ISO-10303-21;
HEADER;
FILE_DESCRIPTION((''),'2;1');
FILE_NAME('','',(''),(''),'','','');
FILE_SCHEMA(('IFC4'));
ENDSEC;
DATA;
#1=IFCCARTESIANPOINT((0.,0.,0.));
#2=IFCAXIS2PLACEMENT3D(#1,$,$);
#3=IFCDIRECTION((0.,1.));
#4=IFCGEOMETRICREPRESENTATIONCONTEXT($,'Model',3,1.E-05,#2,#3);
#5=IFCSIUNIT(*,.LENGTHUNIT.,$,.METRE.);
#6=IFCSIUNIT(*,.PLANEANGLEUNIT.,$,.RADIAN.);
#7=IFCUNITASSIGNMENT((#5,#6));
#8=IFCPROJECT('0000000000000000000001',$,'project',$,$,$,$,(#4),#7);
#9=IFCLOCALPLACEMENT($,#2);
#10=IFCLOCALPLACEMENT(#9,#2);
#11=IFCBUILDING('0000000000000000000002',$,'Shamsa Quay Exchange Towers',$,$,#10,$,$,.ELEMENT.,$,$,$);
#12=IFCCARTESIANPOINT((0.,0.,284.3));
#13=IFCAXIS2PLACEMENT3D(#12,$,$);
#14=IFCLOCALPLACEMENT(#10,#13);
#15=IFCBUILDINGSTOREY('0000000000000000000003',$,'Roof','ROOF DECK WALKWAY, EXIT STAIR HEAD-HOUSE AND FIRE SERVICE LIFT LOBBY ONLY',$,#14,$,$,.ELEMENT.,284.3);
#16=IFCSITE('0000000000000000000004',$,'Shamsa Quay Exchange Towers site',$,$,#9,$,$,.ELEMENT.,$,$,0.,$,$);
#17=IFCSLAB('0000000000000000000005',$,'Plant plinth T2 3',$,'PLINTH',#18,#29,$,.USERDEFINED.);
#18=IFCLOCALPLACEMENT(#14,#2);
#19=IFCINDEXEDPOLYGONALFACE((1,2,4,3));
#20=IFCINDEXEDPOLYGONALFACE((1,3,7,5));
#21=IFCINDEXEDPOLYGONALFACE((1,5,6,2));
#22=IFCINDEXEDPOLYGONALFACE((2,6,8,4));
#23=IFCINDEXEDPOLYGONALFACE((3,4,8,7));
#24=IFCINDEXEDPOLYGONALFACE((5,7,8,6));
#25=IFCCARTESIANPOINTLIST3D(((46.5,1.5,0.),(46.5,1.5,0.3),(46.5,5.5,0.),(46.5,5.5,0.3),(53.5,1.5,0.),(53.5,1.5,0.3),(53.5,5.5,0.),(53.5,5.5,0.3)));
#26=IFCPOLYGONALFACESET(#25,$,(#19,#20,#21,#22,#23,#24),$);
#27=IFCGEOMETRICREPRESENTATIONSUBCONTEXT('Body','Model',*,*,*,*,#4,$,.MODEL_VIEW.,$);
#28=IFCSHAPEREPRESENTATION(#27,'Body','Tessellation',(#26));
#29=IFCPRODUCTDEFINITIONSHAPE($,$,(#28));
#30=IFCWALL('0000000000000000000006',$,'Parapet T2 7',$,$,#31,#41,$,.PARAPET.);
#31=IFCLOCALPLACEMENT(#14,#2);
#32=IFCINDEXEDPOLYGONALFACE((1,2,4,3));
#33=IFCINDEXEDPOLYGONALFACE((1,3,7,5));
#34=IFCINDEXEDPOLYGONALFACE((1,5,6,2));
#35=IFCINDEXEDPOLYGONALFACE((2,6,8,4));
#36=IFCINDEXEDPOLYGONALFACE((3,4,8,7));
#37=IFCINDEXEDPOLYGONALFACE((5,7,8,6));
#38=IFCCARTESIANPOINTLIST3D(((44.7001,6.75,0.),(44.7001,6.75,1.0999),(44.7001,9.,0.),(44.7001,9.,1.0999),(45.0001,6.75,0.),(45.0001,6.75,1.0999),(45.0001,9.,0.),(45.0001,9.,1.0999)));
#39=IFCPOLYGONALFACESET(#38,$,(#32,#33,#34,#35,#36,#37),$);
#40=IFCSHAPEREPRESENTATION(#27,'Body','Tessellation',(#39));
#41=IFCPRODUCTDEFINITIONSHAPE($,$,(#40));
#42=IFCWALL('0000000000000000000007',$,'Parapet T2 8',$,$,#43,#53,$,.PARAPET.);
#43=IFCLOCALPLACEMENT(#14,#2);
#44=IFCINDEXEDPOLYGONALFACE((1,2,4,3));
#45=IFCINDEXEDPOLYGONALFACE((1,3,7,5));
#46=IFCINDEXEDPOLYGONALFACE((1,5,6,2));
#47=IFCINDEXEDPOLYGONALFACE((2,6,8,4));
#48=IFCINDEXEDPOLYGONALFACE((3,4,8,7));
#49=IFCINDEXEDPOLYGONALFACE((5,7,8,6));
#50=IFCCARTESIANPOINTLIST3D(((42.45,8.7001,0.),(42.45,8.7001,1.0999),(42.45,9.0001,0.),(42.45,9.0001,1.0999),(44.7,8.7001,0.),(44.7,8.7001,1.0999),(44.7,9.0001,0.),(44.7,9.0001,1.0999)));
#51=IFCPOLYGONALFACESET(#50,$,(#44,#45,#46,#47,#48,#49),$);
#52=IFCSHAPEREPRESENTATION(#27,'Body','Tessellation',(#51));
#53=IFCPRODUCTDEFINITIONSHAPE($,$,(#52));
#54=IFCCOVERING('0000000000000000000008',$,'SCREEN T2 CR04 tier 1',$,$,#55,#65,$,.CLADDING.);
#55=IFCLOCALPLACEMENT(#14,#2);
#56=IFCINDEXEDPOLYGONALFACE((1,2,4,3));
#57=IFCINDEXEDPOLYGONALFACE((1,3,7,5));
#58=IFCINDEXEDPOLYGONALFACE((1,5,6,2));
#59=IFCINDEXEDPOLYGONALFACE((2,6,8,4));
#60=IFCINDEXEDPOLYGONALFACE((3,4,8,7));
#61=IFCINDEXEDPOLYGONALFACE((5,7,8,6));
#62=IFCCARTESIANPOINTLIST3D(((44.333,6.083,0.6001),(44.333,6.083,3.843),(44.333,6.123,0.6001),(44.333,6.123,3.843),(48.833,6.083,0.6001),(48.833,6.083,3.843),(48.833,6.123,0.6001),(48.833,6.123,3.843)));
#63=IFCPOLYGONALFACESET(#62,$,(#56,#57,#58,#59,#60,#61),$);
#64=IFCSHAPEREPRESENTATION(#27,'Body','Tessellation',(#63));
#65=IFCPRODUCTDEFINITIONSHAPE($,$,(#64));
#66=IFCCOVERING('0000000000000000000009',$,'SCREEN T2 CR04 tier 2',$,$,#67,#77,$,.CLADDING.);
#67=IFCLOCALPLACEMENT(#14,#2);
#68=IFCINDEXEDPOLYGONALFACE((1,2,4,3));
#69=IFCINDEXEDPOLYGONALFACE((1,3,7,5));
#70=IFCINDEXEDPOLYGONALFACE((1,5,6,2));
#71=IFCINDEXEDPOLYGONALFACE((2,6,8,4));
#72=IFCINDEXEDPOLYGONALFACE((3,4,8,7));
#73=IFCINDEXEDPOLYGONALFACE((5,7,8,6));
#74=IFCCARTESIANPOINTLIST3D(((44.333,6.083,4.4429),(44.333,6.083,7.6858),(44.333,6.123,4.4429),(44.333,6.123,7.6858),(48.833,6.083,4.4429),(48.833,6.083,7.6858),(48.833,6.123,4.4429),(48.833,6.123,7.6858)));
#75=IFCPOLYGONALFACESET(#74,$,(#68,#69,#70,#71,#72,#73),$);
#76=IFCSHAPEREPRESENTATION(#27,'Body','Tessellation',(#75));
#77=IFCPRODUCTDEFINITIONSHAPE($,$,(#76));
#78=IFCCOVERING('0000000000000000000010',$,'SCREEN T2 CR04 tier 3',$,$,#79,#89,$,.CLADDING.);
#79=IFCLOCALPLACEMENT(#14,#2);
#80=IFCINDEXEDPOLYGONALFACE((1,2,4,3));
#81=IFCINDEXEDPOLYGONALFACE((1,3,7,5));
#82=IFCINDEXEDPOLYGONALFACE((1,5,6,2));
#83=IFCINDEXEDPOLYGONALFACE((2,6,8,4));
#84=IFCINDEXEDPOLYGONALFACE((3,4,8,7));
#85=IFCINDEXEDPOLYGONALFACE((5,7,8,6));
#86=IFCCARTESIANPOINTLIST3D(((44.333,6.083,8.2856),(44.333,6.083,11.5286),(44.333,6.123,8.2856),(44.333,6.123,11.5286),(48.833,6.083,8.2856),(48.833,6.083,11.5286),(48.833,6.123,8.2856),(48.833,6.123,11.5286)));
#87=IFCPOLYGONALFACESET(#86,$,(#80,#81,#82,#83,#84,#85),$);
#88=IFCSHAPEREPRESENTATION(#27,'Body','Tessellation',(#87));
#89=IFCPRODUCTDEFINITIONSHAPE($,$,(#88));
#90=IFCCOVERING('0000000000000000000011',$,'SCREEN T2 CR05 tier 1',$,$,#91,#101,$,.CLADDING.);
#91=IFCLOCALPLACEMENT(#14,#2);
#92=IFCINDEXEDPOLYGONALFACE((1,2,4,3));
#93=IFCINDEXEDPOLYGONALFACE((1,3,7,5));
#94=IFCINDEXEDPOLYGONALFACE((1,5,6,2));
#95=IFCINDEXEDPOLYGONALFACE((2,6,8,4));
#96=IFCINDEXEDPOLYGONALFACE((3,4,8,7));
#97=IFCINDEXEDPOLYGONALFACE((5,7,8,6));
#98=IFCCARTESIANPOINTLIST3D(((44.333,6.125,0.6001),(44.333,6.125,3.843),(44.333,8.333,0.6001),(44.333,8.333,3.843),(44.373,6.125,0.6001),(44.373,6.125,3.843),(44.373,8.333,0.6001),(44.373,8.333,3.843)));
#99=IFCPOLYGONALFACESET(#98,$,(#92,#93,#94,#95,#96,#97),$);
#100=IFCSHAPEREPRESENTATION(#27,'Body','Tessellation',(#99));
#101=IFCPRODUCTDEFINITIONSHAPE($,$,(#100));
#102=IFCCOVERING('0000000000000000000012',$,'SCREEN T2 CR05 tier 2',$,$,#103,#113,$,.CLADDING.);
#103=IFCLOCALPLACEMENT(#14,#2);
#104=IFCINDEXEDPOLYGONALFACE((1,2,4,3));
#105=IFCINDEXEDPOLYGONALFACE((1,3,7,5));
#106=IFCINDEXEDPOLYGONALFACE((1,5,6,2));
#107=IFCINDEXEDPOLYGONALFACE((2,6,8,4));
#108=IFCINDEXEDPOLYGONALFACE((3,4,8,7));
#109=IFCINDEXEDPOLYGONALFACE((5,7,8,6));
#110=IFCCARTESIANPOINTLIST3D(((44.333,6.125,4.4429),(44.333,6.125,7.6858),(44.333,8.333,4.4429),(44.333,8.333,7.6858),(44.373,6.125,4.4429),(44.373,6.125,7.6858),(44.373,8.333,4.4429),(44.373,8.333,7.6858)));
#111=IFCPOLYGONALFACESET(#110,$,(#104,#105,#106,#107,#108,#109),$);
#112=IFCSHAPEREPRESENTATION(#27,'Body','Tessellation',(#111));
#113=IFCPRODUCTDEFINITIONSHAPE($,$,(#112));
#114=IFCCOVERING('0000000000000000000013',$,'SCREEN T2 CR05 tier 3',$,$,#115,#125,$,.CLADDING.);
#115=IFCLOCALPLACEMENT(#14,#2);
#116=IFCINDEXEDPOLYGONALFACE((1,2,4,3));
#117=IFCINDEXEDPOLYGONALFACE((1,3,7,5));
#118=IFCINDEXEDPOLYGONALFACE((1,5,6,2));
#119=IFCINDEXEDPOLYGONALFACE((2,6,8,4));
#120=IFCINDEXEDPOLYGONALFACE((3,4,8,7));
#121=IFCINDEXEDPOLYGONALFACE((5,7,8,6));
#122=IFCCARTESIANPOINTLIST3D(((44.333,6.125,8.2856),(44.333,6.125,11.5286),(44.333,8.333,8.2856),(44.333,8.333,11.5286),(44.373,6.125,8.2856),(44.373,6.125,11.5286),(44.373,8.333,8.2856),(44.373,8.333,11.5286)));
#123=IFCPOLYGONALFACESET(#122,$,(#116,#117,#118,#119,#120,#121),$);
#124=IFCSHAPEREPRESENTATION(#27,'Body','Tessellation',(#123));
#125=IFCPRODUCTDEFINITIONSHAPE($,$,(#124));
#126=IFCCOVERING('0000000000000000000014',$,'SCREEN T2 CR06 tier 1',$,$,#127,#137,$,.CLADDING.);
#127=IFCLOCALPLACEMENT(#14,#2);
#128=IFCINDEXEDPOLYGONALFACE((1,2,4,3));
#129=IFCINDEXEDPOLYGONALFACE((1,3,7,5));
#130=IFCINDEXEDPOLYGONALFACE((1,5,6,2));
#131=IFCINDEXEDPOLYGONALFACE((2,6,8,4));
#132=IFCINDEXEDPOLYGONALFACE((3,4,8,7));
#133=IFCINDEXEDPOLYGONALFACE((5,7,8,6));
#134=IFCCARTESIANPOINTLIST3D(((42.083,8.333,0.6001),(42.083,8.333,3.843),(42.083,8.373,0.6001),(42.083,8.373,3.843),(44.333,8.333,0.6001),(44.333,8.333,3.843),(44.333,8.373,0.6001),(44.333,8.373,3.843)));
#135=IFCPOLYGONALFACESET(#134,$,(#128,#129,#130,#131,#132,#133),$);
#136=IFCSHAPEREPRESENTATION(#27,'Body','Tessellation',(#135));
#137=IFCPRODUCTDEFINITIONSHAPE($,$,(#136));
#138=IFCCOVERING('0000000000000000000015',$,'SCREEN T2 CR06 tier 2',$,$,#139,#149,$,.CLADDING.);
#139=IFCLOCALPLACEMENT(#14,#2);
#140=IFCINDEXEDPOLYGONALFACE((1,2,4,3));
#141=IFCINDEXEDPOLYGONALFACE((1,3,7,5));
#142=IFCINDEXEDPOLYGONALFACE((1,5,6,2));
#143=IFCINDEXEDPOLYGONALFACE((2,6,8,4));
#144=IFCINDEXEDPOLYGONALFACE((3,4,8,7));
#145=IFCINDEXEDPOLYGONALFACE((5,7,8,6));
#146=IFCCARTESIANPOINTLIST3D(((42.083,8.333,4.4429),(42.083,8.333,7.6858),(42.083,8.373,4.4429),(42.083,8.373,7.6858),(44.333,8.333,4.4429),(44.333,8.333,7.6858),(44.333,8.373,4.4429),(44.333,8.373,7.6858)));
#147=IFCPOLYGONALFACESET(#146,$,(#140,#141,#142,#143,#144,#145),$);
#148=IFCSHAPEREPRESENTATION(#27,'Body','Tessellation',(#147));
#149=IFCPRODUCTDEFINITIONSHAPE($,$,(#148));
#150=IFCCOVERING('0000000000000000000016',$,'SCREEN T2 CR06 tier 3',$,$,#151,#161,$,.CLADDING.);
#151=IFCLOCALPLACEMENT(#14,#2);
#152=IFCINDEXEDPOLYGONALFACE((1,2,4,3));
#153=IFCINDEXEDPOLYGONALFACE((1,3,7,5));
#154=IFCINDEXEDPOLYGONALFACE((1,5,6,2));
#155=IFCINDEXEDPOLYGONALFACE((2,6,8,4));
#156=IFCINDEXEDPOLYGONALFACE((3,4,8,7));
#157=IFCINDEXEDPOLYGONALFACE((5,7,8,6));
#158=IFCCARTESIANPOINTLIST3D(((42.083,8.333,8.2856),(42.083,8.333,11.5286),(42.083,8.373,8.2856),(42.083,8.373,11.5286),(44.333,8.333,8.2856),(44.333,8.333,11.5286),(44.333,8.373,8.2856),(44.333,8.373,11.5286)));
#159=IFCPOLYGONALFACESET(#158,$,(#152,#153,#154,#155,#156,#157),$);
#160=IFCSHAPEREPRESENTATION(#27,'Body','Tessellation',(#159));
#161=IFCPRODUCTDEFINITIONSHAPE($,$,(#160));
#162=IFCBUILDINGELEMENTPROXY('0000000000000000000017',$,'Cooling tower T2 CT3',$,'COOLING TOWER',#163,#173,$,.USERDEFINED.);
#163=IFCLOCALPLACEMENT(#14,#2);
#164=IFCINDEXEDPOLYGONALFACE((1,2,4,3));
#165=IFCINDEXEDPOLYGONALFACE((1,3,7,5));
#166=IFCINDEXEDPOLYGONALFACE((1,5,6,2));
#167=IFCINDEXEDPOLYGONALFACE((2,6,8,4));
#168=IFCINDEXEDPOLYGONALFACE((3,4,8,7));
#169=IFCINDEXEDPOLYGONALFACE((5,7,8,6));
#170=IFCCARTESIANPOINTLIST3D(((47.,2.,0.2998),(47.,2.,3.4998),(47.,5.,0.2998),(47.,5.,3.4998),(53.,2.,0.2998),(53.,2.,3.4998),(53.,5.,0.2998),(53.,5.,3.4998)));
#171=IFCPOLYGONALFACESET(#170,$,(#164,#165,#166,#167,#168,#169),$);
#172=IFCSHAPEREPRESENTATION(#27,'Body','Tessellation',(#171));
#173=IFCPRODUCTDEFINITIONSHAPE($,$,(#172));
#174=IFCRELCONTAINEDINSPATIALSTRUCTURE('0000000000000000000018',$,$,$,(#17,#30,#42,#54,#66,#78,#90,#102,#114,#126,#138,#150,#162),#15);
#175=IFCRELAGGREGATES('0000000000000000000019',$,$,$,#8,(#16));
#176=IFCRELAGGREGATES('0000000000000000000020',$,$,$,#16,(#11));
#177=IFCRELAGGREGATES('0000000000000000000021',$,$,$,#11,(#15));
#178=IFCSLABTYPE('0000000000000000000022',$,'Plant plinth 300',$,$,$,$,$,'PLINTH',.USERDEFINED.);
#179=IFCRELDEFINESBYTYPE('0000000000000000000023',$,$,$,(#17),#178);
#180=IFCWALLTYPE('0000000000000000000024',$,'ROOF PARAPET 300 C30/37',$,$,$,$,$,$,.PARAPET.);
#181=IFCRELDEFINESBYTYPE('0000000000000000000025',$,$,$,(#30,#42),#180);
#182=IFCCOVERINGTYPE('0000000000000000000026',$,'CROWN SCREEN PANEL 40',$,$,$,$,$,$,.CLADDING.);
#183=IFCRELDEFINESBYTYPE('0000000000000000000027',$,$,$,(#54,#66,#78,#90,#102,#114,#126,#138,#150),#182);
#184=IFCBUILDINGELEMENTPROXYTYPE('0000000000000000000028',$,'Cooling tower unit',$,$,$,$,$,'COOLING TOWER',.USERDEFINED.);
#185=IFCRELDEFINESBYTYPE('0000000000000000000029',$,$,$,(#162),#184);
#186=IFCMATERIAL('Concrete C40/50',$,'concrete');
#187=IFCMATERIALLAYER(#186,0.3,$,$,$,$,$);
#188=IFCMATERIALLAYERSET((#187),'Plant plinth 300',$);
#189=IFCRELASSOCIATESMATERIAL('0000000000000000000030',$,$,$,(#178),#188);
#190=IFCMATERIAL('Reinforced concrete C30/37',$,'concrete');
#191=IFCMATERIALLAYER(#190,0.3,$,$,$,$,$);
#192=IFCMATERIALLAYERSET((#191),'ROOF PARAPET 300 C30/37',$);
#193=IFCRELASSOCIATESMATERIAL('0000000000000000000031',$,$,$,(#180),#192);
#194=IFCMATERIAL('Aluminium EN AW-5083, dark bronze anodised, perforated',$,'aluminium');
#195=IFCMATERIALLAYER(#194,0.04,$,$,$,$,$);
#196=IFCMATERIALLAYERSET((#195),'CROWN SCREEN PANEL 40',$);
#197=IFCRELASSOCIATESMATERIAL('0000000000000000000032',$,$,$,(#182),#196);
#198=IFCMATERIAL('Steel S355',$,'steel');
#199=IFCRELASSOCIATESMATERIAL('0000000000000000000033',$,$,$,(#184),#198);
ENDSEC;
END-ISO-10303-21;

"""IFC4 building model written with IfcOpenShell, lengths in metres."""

from ifc_helpers import new_model, si_unit, direction, frame, frame_2d, origin, origin_2d, place, context, subcontext, project, spatial, rectangle, extrude, material, layer, layer_set, type_object, element, save


model = new_model("IFC4")

# Units and contexts
model_context = context("Model", 3, precision=1e-05, world=origin(), true_north=direction((0.0, 1.0)))
body_context = subcontext(model_context, "Body", "Model", "MODEL_VIEW")
ifc_project = project(units=[si_unit("LENGTHUNIT", "METRE"), si_unit("PLANEANGLEUNIT", "RADIAN")], contexts=[model_context])

# Site, building, storey
site_placement = place(None, origin())
site = spatial("IfcSite", under=ifc_project, at=site_placement, Name="Shamsa Quay Exchange Towers site", CompositionType="ELEMENT", RefElevation=0.0)
building_placement = place(site_placement, origin())
building = spatial("IfcBuilding", under=site, at=building_placement, Name="Shamsa Quay Exchange Towers", CompositionType="ELEMENT")
storey_placement = place(building_placement, frame((0.0, 0.0, 284.3)))
storey = spatial("IfcBuildingStorey", under=building, at=storey_placement, Name="Roof", Description="ROOF DECK WALKWAY, EXIT STAIR HEAD-HOUSE AND FIRE SERVICE LIFT LOBBY ONLY", CompositionType="ELEMENT", Elevation=284.3)

# Shared definitions
ifc_material_1 = material(Name="Steel S355", Category="steel")

# Slab
ifc_material_2 = material(Name="Concrete C40/50", Category="concrete")
ifc_layer_1 = layer(ifc_material_2, 0.3)
ifc_layer_set_1 = layer_set([ifc_layer_1], Name="Plant plinth 300")
slab_type = type_object("IfcSlabType", Name="Plant plinth 300", ElementType="PLINTH", PredefinedType="USERDEFINED", material=ifc_layer_set_1)
slab_placement = place(storey_placement, frame((50.0, 3.5, 0.0)))
element("IfcSlab", 1, at=slab_placement, inside=storey, type_object=slab_type, Name="Plant plinth T2 3", ObjectType="PLINTH", PredefinedType="USERDEFINED", context=body_context, shape_type="SweptSolid", body=[
    extrude(rectangle(XDim=7.0, YDim=4.0, at=origin_2d()), origin(), (0.0, 0.0, 1.0), 0.3),
])

# Walls
ifc_material_3 = material(Name="Reinforced concrete C30/37", Category="concrete")
ifc_layer_2 = layer(ifc_material_3, 0.3)
ifc_layer_set_2 = layer_set([ifc_layer_2], Name="ROOF PARAPET 300 C30/37")
wall_type = type_object("IfcWallType", Name="ROOF PARAPET 300 C30/37", PredefinedType="PARAPET", material=ifc_layer_set_2)
for number, where, z_axis, x_axis, name in (
    (2, (44.8501, 6.75, 0.0), (0.0, 0.0, 1.0), (0.0, 1.0, 0.0), "Parapet T2 7"),
    (3, (44.7, 8.8501, 0.0), (0.0, 0.0, 1.0), (-1.0, 0.0, 0.0), "Parapet T2 8"),
):
    element("IfcWall", number, at=place(storey_placement, frame(where, z_axis=z_axis, x_axis=x_axis)), inside=storey, type_object=wall_type, Name=name, PredefinedType="PARAPET", context=body_context, shape_type="SweptSolid", body=[
        extrude(rectangle(XDim=2.25, YDim=0.3, at=frame_2d((1.125, 0.0))), origin(), (0.0, 0.0, 1.0), 1.0999),
    ])

# Coverings
ifc_material_4 = material(Name="Aluminium EN AW-5083, dark bronze anodised, perforated", Category="aluminium")
ifc_layer_3 = layer(ifc_material_4, 0.04)
ifc_layer_set_3 = layer_set([ifc_layer_3], Name="CROWN SCREEN PANEL 40")
covering_type = type_object("IfcCoveringType", Name="CROWN SCREEN PANEL 40", PredefinedType="CLADDING", material=ifc_layer_set_3)
for number, where, z_axis, x_axis, name in (
    (4, (46.583, 6.103, 0.6001), (0.0, 0.0, 1.0), (-1.0, 0.0, 0.0), "SCREEN T2 CR04 tier 1"),
    (5, (46.583, 6.103, 4.4429), (0.0, 0.0, 1.0), (-1.0, 0.0, 0.0), "SCREEN T2 CR04 tier 2"),
    (6, (46.583, 6.103, 8.2856), (0.0, 0.0, 1.0), (-1.0, 0.0, 0.0), "SCREEN T2 CR04 tier 3"),
):
    element("IfcCovering", number, at=place(storey_placement, frame(where, z_axis=z_axis, x_axis=x_axis)), inside=storey, type_object=covering_type, Name=name, PredefinedType="CLADDING", context=body_context, shape_type="SweptSolid", body=[
        extrude(rectangle(XDim=4.5, YDim=0.04, at=origin_2d()), origin(), (0.0, 0.0, 1.0), 3.2429),
    ])
for number, where, z_axis, x_axis, name in (
    (7, (44.353, 7.229, 0.6001), (0.0, 0.0, 1.0), (0.0, 1.0, 0.0), "SCREEN T2 CR05 tier 1"),
    (8, (44.353, 7.229, 4.4429), (0.0, 0.0, 1.0), (0.0, 1.0, 0.0), "SCREEN T2 CR05 tier 2"),
    (9, (44.353, 7.229, 8.2856), (0.0, 0.0, 1.0), (0.0, 1.0, 0.0), "SCREEN T2 CR05 tier 3"),
):
    element("IfcCovering", number, at=place(storey_placement, frame(where, z_axis=z_axis, x_axis=x_axis)), inside=storey, type_object=covering_type, Name=name, PredefinedType="CLADDING", context=body_context, shape_type="SweptSolid", body=[
        extrude(rectangle(XDim=2.208, YDim=0.04, at=origin_2d()), origin(), (0.0, 0.0, 1.0), 3.2429),
    ])
for number, where, z_axis, x_axis, name in (
    (10, (43.208, 8.353, 0.6001), (0.0, 0.0, 1.0), (-1.0, 0.0, 0.0), "SCREEN T2 CR06 tier 1"),
    (11, (43.208, 8.353, 4.4429), (0.0, 0.0, 1.0), (-1.0, 0.0, 0.0), "SCREEN T2 CR06 tier 2"),
    (12, (43.208, 8.353, 8.2856), (0.0, 0.0, 1.0), (-1.0, 0.0, 0.0), "SCREEN T2 CR06 tier 3"),
):
    element("IfcCovering", number, at=place(storey_placement, frame(where, z_axis=z_axis, x_axis=x_axis)), inside=storey, type_object=covering_type, Name=name, PredefinedType="CLADDING", context=body_context, shape_type="SweptSolid", body=[
        extrude(rectangle(XDim=2.25, YDim=0.04, at=origin_2d()), origin(), (0.0, 0.0, 1.0), 3.2429),
    ])

# Building element proxy
building_element_proxy_type = type_object("IfcBuildingElementProxyType", Name="Cooling tower unit", ElementType="COOLING TOWER", PredefinedType="USERDEFINED", material=ifc_material_1)
proxy_placement = place(storey_placement, frame((50.0, 3.5, 0.2998)))
element("IfcBuildingElementProxy", 13, at=proxy_placement, inside=storey, type_object=building_element_proxy_type, Name="Cooling tower T2 CT3", ObjectType="COOLING TOWER", PredefinedType="USERDEFINED", context=body_context, shape_type="SweptSolid", body=[
    extrude(rectangle(XDim=6.0, YDim=3.0, at=origin_2d()), origin(), (0.0, 0.0, 1.0), 3.2),
])

save(model, "model.ifc")
